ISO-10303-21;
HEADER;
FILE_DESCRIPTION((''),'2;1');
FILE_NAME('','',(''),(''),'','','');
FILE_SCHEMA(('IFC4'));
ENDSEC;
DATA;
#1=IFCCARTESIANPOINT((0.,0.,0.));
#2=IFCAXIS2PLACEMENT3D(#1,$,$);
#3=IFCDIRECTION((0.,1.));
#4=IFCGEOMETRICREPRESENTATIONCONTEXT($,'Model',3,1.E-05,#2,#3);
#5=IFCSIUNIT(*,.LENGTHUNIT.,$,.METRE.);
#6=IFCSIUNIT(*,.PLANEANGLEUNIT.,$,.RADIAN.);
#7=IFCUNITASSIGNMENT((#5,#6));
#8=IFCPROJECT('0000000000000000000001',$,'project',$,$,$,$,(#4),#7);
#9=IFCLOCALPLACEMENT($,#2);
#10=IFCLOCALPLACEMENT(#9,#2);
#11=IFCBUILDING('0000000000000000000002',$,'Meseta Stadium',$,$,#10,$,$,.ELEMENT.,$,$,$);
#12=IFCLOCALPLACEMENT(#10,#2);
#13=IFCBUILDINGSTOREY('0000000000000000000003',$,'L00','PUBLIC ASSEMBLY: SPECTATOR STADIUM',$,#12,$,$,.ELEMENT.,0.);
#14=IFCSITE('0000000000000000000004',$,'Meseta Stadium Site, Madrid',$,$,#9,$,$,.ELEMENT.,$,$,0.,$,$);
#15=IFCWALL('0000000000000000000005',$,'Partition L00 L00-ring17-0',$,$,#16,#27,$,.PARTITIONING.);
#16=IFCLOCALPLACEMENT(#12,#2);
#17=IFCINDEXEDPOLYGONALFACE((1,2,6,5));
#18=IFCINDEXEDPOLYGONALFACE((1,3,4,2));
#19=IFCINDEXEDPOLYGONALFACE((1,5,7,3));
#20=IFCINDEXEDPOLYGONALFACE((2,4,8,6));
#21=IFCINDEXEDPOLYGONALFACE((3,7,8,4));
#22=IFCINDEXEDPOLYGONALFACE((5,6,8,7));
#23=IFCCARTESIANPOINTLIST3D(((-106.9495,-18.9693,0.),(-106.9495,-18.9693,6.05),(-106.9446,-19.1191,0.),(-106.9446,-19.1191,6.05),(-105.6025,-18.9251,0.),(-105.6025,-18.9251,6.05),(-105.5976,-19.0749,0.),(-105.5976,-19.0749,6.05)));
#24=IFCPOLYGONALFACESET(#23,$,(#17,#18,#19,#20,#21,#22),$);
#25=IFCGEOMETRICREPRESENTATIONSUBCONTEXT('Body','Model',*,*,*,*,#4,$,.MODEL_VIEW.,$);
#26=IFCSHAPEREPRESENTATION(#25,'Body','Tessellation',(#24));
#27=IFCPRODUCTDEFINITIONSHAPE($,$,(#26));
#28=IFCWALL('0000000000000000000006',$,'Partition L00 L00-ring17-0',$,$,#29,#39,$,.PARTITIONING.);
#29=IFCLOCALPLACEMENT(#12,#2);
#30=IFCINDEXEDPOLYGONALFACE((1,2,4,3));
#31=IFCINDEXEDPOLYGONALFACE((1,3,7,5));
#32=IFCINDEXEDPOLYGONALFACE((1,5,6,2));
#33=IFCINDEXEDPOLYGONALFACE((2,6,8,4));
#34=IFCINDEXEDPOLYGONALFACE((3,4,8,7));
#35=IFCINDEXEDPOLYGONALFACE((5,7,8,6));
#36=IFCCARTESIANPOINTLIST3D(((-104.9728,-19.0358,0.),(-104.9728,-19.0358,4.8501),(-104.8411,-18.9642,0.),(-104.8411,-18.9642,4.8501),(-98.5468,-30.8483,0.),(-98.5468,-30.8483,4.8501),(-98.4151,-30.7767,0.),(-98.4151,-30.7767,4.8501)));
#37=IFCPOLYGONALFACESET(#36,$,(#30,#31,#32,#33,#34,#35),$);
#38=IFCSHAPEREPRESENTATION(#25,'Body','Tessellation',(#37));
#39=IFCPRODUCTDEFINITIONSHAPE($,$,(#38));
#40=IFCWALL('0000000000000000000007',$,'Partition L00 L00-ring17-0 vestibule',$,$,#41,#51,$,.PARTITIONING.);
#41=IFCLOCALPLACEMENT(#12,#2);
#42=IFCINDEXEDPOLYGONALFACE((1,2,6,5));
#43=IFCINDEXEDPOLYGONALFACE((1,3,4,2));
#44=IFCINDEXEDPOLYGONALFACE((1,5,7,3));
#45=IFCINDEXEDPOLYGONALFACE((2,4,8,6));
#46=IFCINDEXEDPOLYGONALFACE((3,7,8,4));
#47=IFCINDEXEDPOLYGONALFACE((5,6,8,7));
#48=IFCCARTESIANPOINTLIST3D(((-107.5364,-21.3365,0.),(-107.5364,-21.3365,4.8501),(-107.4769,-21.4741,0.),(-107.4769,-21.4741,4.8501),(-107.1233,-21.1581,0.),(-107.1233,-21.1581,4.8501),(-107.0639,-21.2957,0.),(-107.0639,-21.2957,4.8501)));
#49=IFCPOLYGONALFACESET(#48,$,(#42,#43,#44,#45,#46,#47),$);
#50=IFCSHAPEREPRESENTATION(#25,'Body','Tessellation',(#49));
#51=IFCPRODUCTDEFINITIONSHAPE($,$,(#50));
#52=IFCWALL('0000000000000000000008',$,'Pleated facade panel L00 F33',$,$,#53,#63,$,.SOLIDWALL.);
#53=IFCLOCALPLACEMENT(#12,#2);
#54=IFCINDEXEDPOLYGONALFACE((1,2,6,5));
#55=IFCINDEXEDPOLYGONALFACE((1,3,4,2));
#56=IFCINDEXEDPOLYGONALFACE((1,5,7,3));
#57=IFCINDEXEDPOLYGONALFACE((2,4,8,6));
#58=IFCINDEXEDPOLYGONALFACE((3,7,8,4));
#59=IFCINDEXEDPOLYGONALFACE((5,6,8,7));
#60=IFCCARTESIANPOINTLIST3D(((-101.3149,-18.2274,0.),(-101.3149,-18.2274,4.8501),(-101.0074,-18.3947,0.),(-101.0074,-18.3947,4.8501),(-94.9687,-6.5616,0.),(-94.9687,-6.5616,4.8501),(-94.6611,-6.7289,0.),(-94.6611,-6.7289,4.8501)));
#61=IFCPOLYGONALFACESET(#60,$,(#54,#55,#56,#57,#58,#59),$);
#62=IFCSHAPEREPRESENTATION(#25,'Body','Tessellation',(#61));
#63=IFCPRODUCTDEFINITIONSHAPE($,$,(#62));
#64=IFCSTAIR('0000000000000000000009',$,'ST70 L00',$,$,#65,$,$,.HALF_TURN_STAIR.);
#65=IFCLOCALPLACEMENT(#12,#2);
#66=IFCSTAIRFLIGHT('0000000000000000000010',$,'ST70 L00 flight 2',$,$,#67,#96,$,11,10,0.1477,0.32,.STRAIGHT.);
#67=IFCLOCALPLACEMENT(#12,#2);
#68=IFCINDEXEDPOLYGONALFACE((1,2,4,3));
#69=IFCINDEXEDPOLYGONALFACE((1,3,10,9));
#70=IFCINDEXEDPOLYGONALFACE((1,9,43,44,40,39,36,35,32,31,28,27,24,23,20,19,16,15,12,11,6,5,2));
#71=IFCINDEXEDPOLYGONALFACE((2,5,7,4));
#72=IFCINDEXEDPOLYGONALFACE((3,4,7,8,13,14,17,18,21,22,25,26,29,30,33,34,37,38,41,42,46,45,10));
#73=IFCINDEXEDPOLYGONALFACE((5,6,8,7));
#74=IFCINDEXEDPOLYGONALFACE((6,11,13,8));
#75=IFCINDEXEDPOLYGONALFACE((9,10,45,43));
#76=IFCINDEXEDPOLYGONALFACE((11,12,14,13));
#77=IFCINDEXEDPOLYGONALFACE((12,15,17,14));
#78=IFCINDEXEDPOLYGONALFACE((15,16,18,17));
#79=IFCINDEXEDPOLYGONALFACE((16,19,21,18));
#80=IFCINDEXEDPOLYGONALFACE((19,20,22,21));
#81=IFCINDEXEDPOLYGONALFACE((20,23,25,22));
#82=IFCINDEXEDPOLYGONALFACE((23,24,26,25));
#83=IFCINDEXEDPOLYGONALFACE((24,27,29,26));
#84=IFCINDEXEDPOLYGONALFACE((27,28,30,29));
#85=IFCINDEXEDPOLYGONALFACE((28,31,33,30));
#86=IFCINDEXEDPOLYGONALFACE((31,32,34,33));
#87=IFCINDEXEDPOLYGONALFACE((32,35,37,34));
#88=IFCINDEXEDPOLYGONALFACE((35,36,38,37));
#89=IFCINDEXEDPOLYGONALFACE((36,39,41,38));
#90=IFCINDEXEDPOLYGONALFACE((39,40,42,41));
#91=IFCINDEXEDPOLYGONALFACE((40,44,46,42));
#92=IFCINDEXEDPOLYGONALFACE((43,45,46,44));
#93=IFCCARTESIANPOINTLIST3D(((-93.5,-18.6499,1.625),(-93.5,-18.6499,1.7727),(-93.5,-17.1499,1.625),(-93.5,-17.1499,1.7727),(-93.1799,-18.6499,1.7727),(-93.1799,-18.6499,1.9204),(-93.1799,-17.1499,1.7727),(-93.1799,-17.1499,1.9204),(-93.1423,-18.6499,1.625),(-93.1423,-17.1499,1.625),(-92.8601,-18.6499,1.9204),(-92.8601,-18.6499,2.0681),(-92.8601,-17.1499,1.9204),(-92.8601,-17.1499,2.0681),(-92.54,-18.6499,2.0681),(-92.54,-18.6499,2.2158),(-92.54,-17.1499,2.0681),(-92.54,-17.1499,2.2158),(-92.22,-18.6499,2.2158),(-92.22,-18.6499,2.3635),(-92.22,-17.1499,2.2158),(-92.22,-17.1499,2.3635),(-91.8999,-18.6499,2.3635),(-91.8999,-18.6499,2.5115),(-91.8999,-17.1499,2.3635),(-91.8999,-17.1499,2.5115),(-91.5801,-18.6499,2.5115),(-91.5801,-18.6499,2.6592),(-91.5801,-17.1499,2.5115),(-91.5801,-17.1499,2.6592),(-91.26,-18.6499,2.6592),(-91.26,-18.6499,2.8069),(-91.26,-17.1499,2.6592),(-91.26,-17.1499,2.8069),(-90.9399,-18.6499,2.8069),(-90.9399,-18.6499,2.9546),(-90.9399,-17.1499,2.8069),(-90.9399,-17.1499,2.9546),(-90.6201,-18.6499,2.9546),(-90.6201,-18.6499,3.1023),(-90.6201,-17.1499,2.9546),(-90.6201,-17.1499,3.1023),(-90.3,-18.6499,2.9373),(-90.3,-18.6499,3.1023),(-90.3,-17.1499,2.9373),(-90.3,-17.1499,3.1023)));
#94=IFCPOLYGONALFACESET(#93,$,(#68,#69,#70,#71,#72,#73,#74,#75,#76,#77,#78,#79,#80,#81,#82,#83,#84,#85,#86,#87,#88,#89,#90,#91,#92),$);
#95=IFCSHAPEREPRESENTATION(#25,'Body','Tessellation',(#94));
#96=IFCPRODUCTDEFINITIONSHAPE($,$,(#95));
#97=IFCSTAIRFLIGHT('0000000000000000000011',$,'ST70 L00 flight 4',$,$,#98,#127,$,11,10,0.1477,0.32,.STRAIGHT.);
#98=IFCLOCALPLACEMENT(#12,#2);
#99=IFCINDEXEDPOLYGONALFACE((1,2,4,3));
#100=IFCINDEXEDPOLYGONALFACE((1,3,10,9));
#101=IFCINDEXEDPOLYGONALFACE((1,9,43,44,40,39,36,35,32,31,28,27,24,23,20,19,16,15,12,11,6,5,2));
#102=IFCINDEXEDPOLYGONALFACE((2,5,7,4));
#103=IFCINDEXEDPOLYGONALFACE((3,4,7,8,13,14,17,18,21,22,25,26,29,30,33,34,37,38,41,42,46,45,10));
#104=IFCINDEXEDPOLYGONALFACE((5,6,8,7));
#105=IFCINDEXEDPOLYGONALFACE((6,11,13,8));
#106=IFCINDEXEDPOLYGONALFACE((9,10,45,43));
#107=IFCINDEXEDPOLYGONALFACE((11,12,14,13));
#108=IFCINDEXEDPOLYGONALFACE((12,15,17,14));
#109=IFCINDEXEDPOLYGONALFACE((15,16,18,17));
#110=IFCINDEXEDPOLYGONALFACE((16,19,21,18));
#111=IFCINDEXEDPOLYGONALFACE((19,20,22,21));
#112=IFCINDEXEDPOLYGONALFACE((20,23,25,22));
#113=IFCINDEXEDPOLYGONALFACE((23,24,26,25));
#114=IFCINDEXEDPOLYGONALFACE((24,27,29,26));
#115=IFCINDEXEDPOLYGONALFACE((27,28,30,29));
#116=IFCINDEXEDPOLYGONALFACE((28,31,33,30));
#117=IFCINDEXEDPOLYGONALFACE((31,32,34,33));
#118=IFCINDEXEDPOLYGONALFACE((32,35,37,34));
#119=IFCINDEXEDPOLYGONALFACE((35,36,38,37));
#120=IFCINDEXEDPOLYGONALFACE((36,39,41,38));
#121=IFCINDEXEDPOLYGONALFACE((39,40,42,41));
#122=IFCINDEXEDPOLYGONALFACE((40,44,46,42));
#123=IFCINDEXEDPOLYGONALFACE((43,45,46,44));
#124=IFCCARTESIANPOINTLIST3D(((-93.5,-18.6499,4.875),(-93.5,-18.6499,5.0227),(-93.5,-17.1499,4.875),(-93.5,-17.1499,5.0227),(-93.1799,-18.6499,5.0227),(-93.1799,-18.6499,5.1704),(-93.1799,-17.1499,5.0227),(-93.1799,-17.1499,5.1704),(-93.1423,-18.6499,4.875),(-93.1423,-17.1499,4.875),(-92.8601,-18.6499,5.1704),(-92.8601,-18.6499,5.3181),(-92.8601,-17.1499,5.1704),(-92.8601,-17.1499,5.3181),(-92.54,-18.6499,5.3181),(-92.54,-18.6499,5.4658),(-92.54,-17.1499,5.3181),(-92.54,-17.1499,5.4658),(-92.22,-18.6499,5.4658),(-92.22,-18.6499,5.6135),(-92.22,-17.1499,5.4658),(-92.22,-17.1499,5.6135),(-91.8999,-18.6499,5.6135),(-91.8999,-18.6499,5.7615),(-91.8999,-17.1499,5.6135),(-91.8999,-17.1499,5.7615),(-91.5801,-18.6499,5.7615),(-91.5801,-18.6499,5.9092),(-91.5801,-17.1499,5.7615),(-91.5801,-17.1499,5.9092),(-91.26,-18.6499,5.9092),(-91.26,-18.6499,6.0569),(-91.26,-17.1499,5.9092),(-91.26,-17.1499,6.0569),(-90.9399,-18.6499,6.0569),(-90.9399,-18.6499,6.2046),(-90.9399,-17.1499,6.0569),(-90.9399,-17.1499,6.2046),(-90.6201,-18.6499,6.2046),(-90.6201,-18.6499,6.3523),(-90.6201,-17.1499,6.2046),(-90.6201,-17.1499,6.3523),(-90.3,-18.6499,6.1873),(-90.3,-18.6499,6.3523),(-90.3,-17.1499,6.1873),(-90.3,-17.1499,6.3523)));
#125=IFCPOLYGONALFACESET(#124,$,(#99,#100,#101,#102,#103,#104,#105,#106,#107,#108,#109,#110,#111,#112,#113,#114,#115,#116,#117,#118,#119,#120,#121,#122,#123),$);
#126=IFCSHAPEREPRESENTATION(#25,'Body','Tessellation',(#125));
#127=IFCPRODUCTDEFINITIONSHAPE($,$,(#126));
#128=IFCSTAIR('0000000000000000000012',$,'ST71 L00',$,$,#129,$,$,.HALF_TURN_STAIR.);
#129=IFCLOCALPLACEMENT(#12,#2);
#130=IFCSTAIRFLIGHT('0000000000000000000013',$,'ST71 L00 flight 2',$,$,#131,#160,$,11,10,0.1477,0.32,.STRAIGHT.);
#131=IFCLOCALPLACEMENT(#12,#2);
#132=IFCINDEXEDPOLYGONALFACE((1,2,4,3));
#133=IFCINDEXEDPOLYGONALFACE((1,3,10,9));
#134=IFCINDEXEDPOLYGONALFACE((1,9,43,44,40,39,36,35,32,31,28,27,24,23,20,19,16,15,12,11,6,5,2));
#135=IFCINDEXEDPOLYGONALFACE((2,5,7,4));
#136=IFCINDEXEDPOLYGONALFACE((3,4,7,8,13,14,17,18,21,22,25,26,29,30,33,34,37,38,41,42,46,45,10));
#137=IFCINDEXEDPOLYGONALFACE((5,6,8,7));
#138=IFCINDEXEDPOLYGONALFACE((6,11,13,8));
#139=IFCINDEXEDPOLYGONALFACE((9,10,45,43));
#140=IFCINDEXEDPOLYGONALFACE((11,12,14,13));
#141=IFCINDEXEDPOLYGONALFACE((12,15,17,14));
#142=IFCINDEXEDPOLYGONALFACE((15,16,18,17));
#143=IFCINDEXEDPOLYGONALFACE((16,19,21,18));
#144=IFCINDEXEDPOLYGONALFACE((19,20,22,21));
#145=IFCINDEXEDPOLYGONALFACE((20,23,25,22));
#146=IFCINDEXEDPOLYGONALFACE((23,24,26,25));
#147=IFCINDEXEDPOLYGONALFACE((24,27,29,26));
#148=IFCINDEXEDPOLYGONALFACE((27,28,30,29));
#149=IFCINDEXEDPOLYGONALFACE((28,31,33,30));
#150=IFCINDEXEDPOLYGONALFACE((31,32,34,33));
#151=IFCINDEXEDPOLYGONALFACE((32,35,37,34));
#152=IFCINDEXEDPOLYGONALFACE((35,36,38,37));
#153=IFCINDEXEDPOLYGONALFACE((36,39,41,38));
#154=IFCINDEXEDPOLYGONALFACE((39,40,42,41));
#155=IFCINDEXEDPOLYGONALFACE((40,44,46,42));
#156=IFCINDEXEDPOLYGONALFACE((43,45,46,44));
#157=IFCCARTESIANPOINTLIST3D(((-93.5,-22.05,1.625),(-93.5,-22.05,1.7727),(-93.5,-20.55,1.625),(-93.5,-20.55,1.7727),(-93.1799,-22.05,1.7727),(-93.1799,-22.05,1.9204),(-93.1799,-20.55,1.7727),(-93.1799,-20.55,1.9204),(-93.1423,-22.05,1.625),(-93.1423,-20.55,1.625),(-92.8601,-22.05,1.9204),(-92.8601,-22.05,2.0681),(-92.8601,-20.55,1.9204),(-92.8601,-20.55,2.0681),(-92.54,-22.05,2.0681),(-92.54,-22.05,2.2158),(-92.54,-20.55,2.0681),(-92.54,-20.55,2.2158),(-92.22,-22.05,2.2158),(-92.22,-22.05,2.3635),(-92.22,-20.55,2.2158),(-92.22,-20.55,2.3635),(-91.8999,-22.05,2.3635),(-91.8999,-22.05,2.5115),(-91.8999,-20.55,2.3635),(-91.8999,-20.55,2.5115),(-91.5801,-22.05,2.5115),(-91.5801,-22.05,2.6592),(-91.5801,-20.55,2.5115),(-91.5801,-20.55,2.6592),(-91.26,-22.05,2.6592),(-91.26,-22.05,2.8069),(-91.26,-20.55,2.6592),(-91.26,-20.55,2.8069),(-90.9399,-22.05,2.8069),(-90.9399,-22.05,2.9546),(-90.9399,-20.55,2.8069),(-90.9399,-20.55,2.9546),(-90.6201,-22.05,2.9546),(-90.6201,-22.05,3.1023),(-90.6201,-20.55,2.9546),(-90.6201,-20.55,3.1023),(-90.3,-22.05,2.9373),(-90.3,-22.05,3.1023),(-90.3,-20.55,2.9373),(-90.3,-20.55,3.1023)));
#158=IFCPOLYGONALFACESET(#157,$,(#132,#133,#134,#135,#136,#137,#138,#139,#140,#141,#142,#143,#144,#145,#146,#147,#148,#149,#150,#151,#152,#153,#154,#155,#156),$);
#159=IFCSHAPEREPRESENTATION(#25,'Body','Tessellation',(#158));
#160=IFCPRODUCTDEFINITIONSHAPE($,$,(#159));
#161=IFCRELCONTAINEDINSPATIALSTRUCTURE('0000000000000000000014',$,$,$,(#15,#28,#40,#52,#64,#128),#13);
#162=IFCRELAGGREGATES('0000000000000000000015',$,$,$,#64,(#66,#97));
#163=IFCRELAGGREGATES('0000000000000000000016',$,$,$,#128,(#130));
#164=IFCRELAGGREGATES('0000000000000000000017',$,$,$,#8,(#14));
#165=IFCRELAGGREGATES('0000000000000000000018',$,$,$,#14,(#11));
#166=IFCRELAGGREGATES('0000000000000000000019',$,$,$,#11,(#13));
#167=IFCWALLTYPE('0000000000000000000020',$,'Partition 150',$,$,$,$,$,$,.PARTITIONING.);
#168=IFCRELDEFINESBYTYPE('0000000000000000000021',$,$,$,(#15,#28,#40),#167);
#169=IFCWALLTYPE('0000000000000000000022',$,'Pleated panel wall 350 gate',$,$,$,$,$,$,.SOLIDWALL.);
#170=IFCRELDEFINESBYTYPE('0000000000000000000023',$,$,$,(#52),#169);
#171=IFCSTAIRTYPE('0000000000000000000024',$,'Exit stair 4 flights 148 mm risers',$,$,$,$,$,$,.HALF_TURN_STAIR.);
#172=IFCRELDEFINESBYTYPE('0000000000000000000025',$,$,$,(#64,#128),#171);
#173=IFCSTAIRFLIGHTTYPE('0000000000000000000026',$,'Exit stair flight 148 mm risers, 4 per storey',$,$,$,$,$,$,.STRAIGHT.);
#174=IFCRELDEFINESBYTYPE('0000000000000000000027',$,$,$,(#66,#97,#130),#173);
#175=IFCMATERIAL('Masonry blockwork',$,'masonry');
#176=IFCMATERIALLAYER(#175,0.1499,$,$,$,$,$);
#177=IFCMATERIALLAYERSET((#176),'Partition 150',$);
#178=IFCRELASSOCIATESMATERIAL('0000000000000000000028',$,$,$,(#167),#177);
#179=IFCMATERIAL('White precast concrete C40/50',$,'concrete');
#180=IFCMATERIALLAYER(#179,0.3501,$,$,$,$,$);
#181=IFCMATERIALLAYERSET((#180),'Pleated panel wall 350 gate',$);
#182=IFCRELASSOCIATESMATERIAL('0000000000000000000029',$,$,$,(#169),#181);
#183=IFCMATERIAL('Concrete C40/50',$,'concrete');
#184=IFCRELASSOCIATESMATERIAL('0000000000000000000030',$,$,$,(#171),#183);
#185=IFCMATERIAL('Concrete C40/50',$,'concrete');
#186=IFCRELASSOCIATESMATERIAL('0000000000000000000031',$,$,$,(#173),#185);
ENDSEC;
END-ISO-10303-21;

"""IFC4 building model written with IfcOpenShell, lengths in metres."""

from ifc_helpers import new_model, si_unit, direction, frame, frame_2d, origin, place, context, subcontext, project, spatial, polyline, rectangle, outline, extrude, material, layer, layer_set, type_object, element, aggregate, save


model = new_model("IFC4")

# Units and contexts
model_context = context("Model", 3, precision=1e-05, world=origin(), true_north=direction((0.0, 1.0)))
body_context = subcontext(model_context, "Body", "Model", "MODEL_VIEW")
ifc_project = project(units=[si_unit("LENGTHUNIT", "METRE"), si_unit("PLANEANGLEUNIT", "RADIAN")], contexts=[model_context])

# Site, building, storey
site_placement = place(None, origin())
site = spatial("IfcSite", under=ifc_project, at=site_placement, Name="Meseta Stadium Site, Madrid", CompositionType="ELEMENT", RefElevation=0.0)
building_placement = place(site_placement, origin())
building = spatial("IfcBuilding", under=site, at=building_placement, Name="Meseta Stadium", CompositionType="ELEMENT")
storey_placement = place(building_placement, origin())
storey = spatial("IfcBuildingStorey", under=building, at=storey_placement, Name="L00", Description="PUBLIC ASSEMBLY: SPECTATOR STADIUM", CompositionType="ELEMENT", Elevation=0.0)

# Walls
ifc_material_1 = material(Name="Masonry blockwork", Category="masonry")
ifc_layer_1 = layer(ifc_material_1, 0.1499)
ifc_layer_set_1 = layer_set([ifc_layer_1], Name="Partition 150")
wall_type_1 = type_object("IfcWallType", Name="Partition 150", PredefinedType="PARTITIONING", material=ifc_layer_set_1)
wall_1_placement = place(storey_placement, frame((-106.947, -19.0442, 0.0), z_axis=(0.0, 0.0, 1.0), x_axis=(0.999462, 0.03279, 0.0)))
element("IfcWall", 1, at=wall_1_placement, inside=storey, type_object=wall_type_1, Name="Partition L00 L00-ring17-0", PredefinedType="PARTITIONING", context=body_context, shape_type="SweptSolid", body=[
    extrude(rectangle(XDim=1.3477, YDim=0.1499, at=frame_2d((0.6738, 0.0))), origin(), (0.0, 0.0, 1.0), 6.05),
])
wall_2_placement = place(storey_placement, frame((-104.907, -19.0, 0.0), z_axis=(0.0, 0.0, 1.0), x_axis=(0.477869, -0.878431, 0.0)))
element("IfcWall", 2, at=wall_2_placement, inside=storey, type_object=wall_type_1, Name="Partition L00 L00-ring17-0", PredefinedType="PARTITIONING", context=body_context, shape_type="SweptSolid", body=[
    extrude(rectangle(XDim=13.4473, YDim=0.1499, at=frame_2d((6.7236, 0.0))), origin(), (0.0, 0.0, 1.0), 4.8501),
])
wall_3_placement = place(storey_placement, frame((-107.0935, -21.2268, 0.0), z_axis=(0.0, 0.0, 1.0), x_axis=(-0.917991, -0.396602, 0.0)))
element("IfcWall", 3, at=wall_3_placement, inside=storey, type_object=wall_type_1, Name="Partition L00 L00-ring17-0 vestibule", PredefinedType="PARTITIONING", context=body_context, shape_type="SweptSolid", body=[
    extrude(rectangle(XDim=0.45, YDim=0.1499, at=frame_2d((0.2251, 0.0))), origin(), (0.0, 0.0, 1.0), 4.8501),
])
ifc_material_2 = material(Name="White precast concrete C40/50", Category="concrete")
ifc_layer_2 = layer(ifc_material_2, 0.3501)
ifc_layer_set_2 = layer_set([ifc_layer_2], Name="Pleated panel wall 350 gate")
wall_type_2 = type_object("IfcWallType", Name="Pleated panel wall 350 gate", PredefinedType="SOLIDWALL", material=ifc_layer_set_2)
wall_4_placement = place(storey_placement, frame((-101.1611, -18.311, 0.0), z_axis=(0.0, 0.0, 1.0), x_axis=(0.477868, 0.878432, 0.0)))
element("IfcWall", 4, at=wall_4_placement, inside=storey, type_object=wall_type_2, Name="Pleated facade panel L00 F33", PredefinedType="SOLIDWALL", context=body_context, shape_type="SweptSolid", body=[
    extrude(rectangle(XDim=13.2803, YDim=0.3501, at=frame_2d((6.6401, 0.0))), origin(), (0.0, 0.0, 1.0), 4.8501),
])

# Stairs, stair flights
ifc_material_3 = material(Name="Concrete C40/50", Category="concrete")
stair_type = type_object("IfcStairType", Name="Exit stair 4 flights 148 mm risers", PredefinedType="HALF_TURN_STAIR", material=ifc_material_3)
stair_1_placement = place(storey_placement, origin())
stair_1 = element("IfcStair", 5, at=stair_1_placement, inside=storey, type_object=stair_type, Name="ST70 L00", PredefinedType="HALF_TURN_STAIR")
ifc_material_4 = material(Name="Concrete C40/50", Category="concrete")
stair_flight_type = type_object("IfcStairFlightType", Name="Exit stair flight 148 mm risers, 4 per storey", PredefinedType="STRAIGHT", material=ifc_material_4)
stair_flight_1_placement = place(storey_placement, frame((-93.5, -17.8999, 1.625), z_axis=(0.0, 0.0, 1.0), x_axis=(1.0, 0.0, 0.0)))
stair_flight_1 = element("IfcStairFlight", 6, at=stair_flight_1_placement, type_object=stair_flight_type, Name="ST70 L00 flight 2", NumberOfRisers=11, NumberOfTreads=10, PredefinedType="STRAIGHT", RiserHeight=0.1477, TreadLength=0.32, context=body_context, shape_type="SweptSolid", body=[
    extrude(outline(polyline([(0.0, 0.0), (0.0, 0.1477), (0.3201, 0.1477), (0.3201, 0.2954), (0.6399, 0.2954), (0.6399, 0.4431), (0.96, 0.4431), (0.96, 0.5908), (1.28, 0.5908), (1.28, 0.7385), (1.6001, 0.7385), (1.6001, 0.8865), (1.9199, 0.8865), (1.9199, 1.0342), (2.24, 1.0342), (2.24, 1.1819), (2.5601, 1.1819), (2.5601, 1.3296), (2.8799, 1.3296), (2.8799, 1.4773), (3.2, 1.4773), (3.2, 1.3123), (0.3577, 0.0), (0.0, 0.0)])), frame((0.0, 0.75, 0.0), z_axis=(0.0, -1.0, 0.0), x_axis=(1.0, 0.0, 0.0)), (0.0, 0.0, 1.0), 1.5),
])
stair_flight_2_placement = place(storey_placement, frame((-93.5, -17.8999, 4.875), z_axis=(0.0, 0.0, 1.0), x_axis=(1.0, 0.0, 0.0)))
stair_flight_2 = element("IfcStairFlight", 7, at=stair_flight_2_placement, type_object=stair_flight_type, Name="ST70 L00 flight 4", NumberOfRisers=11, NumberOfTreads=10, PredefinedType="STRAIGHT", RiserHeight=0.1477, TreadLength=0.32, context=body_context, shape_type="SweptSolid", body=[
    extrude(outline(polyline([(0.0, 0.0), (0.0, 0.1477), (0.3201, 0.1477), (0.3201, 0.2954), (0.6399, 0.2954), (0.6399, 0.4431), (0.96, 0.4431), (0.96, 0.5908), (1.28, 0.5908), (1.28, 0.7385), (1.6001, 0.7385), (1.6001, 0.8865), (1.9199, 0.8865), (1.9199, 1.0342), (2.24, 1.0342), (2.24, 1.1819), (2.5601, 1.1819), (2.5601, 1.3296), (2.8799, 1.3296), (2.8799, 1.4773), (3.2, 1.4773), (3.2, 1.3123), (0.3577, 0.0), (0.0, 0.0)])), frame((0.0, 0.75, 0.0), z_axis=(0.0, -1.0, 0.0), x_axis=(1.0, 0.0, 0.0)), (0.0, 0.0, 1.0), 1.5),
])
aggregate(stair_1, [stair_flight_1, stair_flight_2])
stair_2_placement = place(storey_placement, origin())
stair_2 = element("IfcStair", 8, at=stair_2_placement, inside=storey, type_object=stair_type, Name="ST71 L00", PredefinedType="HALF_TURN_STAIR")
stair_flight_3_placement = place(storey_placement, frame((-93.5, -21.3, 1.625), z_axis=(0.0, 0.0, 1.0), x_axis=(1.0, 0.0, 0.0)))
stair_flight_3 = element("IfcStairFlight", 9, at=stair_flight_3_placement, type_object=stair_flight_type, Name="ST71 L00 flight 2", NumberOfRisers=11, NumberOfTreads=10, PredefinedType="STRAIGHT", RiserHeight=0.1477, TreadLength=0.32, context=body_context, shape_type="SweptSolid", body=[
    extrude(outline(polyline([(0.0, 0.0), (0.0, 0.1477), (0.3201, 0.1477), (0.3201, 0.2954), (0.6399, 0.2954), (0.6399, 0.4431), (0.96, 0.4431), (0.96, 0.5908), (1.28, 0.5908), (1.28, 0.7385), (1.6001, 0.7385), (1.6001, 0.8865), (1.9199, 0.8865), (1.9199, 1.0342), (2.24, 1.0342), (2.24, 1.1819), (2.5601, 1.1819), (2.5601, 1.3296), (2.8799, 1.3296), (2.8799, 1.4773), (3.2, 1.4773), (3.2, 1.3123), (0.3577, 0.0), (0.0, 0.0)])), frame((0.0, 0.75, 0.0), z_axis=(0.0, -1.0, 0.0), x_axis=(1.0, 0.0, 0.0)), (0.0, 0.0, 1.0), 1.5),
])
aggregate(stair_2, [stair_flight_3])

save(model, "model.ifc")
